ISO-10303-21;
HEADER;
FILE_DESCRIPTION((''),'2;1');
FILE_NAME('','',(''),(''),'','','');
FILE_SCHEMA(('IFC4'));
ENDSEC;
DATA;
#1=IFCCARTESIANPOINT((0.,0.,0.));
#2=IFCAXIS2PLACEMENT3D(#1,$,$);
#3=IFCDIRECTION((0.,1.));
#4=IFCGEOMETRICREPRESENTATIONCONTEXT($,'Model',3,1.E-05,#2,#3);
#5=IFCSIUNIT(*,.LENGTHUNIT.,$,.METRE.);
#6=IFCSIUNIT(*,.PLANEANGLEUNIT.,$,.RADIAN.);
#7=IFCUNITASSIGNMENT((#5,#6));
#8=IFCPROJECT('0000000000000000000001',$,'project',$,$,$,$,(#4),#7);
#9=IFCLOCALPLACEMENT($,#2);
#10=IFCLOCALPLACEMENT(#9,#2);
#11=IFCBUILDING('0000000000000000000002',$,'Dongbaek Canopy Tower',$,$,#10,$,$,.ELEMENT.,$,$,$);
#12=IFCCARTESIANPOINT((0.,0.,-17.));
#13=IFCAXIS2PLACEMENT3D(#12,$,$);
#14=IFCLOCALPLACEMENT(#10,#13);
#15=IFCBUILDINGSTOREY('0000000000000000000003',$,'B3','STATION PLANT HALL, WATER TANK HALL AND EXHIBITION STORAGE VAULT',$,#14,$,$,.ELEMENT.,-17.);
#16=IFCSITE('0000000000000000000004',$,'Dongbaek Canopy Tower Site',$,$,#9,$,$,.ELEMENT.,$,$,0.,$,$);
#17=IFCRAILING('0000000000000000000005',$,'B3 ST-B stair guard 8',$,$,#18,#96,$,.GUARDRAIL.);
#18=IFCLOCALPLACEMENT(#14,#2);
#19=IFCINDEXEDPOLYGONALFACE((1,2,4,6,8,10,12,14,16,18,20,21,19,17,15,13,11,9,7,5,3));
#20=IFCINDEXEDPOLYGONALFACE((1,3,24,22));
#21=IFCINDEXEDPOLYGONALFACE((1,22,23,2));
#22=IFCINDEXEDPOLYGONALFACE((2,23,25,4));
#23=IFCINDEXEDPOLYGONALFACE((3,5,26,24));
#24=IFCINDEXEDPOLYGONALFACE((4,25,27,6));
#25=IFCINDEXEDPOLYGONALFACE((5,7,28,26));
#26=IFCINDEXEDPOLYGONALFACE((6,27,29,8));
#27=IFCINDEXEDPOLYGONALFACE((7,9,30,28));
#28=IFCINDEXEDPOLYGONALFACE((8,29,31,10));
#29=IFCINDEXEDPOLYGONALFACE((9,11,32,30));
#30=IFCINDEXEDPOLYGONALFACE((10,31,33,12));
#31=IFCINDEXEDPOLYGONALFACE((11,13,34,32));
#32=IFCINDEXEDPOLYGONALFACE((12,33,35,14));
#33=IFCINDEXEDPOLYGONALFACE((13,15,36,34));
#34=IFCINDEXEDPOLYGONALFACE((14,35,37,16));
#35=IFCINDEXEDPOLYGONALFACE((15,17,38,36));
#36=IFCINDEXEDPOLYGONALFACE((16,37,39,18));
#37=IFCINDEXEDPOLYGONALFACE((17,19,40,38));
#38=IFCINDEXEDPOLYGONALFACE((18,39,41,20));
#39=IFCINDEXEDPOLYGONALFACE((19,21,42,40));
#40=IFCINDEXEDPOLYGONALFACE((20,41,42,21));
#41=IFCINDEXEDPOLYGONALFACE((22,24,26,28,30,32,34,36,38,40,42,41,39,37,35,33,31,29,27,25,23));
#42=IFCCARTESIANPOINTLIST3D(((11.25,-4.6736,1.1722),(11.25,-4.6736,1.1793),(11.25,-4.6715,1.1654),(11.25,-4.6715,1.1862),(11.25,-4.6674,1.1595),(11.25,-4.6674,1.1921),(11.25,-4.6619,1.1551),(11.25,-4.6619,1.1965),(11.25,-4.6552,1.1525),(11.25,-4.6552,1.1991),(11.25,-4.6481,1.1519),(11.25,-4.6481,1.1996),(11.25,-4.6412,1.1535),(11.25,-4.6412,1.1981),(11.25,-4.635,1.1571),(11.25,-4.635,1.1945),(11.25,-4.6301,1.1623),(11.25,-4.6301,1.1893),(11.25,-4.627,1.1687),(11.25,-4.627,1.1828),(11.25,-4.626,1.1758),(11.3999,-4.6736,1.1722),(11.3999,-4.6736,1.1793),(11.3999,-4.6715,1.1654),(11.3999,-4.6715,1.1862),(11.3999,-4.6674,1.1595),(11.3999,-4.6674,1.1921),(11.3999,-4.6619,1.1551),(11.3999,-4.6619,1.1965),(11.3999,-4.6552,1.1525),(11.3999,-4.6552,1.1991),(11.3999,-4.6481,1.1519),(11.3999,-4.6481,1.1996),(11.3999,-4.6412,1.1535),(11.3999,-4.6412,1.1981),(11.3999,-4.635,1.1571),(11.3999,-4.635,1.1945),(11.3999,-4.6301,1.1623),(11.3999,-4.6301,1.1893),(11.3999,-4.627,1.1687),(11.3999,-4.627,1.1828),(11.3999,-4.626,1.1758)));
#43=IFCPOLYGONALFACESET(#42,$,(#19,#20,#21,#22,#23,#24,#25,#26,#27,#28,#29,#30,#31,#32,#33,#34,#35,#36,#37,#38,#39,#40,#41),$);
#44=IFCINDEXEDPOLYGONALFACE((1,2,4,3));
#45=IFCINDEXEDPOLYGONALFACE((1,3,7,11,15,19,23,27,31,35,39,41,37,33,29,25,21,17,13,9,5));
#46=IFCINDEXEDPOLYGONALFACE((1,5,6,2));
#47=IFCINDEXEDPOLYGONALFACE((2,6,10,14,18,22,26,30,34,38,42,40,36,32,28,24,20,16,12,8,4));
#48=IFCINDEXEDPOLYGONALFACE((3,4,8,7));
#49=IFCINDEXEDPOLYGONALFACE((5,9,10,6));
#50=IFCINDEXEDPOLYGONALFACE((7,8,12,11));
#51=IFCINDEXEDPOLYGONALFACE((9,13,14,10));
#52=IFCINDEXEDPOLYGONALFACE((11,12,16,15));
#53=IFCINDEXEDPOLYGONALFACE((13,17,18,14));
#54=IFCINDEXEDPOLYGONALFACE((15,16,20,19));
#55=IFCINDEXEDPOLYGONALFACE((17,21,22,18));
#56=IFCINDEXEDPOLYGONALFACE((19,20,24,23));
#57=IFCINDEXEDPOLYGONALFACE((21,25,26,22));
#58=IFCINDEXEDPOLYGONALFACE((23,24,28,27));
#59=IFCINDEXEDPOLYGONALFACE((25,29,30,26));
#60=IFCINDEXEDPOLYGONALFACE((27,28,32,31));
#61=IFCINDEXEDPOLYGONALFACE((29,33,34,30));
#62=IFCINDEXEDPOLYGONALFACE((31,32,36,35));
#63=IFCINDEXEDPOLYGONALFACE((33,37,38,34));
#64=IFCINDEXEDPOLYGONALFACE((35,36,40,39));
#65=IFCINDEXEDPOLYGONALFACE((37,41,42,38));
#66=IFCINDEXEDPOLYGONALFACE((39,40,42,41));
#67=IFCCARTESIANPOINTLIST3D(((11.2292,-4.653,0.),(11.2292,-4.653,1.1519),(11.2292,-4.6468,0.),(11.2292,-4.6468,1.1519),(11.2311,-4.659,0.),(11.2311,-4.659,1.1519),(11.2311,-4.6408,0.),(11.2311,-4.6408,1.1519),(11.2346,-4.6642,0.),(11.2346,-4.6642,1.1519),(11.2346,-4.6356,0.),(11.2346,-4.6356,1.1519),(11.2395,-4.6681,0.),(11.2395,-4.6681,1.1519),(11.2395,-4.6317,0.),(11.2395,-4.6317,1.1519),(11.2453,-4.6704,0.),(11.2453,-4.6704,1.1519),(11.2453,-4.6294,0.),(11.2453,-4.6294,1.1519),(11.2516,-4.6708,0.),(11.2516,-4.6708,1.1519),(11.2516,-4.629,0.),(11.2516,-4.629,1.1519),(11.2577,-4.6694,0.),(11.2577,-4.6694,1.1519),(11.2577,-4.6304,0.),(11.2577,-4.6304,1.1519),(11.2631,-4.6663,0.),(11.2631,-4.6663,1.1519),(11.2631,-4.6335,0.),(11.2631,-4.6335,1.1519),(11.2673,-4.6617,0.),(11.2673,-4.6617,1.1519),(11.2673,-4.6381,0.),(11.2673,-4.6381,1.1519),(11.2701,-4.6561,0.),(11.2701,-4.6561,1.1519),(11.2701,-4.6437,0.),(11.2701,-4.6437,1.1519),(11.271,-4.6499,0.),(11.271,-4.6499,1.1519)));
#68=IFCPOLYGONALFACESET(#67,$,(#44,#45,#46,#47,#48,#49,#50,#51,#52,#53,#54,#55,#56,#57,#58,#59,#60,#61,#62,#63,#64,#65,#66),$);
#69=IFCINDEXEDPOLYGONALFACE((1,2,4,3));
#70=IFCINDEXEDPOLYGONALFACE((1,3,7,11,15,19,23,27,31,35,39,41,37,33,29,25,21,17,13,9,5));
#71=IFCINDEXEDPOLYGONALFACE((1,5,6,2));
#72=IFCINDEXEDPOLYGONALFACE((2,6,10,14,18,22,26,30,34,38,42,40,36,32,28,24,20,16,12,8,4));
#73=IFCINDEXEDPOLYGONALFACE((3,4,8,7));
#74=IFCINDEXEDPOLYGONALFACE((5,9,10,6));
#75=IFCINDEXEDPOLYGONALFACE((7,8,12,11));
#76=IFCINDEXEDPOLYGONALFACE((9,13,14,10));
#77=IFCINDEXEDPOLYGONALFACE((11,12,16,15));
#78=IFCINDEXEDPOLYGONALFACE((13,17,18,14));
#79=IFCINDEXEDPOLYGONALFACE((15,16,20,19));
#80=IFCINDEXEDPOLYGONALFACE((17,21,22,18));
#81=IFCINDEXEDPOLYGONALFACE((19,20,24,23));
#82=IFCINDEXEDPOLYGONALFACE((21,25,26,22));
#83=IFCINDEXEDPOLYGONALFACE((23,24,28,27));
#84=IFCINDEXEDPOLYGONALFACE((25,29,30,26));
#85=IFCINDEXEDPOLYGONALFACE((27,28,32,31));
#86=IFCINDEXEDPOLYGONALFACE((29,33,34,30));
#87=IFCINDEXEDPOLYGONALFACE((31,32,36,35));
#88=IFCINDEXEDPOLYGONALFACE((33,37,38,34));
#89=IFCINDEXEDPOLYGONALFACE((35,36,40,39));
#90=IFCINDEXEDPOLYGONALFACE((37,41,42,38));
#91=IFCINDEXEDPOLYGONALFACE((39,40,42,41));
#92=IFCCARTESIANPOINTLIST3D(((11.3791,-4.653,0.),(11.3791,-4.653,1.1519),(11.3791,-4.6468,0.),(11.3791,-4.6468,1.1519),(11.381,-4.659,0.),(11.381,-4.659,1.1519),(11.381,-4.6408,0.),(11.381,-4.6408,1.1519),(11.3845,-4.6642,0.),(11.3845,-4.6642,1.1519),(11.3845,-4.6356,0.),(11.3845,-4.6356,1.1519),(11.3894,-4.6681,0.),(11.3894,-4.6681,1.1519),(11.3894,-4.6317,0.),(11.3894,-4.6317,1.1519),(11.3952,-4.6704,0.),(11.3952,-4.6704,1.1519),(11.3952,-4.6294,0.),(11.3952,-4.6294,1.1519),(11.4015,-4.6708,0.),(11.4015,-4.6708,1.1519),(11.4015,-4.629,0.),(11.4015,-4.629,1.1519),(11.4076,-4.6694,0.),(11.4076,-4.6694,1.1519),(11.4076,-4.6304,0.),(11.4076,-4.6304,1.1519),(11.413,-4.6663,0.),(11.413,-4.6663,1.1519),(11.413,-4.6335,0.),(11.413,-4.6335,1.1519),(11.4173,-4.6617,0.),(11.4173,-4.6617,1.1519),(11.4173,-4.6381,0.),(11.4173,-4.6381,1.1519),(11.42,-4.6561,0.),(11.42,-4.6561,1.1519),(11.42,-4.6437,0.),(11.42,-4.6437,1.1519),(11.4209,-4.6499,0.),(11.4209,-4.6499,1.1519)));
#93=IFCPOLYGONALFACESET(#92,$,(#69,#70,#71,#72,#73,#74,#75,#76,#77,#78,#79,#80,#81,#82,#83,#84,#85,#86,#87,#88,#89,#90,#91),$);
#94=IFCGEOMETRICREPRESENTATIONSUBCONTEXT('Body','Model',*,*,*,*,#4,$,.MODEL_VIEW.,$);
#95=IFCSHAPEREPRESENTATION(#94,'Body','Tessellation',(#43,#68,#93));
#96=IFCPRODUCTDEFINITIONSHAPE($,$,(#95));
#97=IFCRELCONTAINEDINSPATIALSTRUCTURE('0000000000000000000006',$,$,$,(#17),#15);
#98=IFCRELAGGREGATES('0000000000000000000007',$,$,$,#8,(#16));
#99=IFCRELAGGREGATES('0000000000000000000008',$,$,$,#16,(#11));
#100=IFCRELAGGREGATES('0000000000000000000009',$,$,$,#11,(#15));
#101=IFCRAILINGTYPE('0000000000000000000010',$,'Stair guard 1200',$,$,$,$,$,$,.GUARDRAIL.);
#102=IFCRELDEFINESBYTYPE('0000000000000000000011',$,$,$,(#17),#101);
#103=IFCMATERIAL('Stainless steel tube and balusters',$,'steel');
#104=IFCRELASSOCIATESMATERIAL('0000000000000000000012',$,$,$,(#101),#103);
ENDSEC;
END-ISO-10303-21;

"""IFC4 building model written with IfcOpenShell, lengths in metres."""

from ifc_helpers import new_model, si_unit, direction, frame, origin, origin_2d, place, context, subcontext, project, spatial, circle, extrude, material, type_object, element, save


model = new_model("IFC4")

# Units and contexts
model_context = context("Model", 3, precision=1e-05, world=origin(), true_north=direction((0.0, 1.0)))
body_context = subcontext(model_context, "Body", "Model", "MODEL_VIEW")
ifc_project = project(units=[si_unit("LENGTHUNIT", "METRE"), si_unit("PLANEANGLEUNIT", "RADIAN")], contexts=[model_context])

# Site, building, storey
site_placement = place(None, origin())
site = spatial("IfcSite", under=ifc_project, at=site_placement, Name="Dongbaek Canopy Tower Site", CompositionType="ELEMENT", RefElevation=0.0)
building_placement = place(site_placement, origin())
building = spatial("IfcBuilding", under=site, at=building_placement, Name="Dongbaek Canopy Tower", CompositionType="ELEMENT")
storey_placement = place(building_placement, frame((0.0, 0.0, -17.0)))
storey = spatial("IfcBuildingStorey", under=building, at=storey_placement, Name="B3", Description="STATION PLANT HALL, WATER TANK HALL AND EXHIBITION STORAGE VAULT", CompositionType="ELEMENT", Elevation=-17.0)

# Railing
ifc_material_1 = material(Name="Stainless steel tube and balusters", Category="steel")
railing_type_1 = type_object("IfcRailingType", Name="Stair guard 1200", PredefinedType="GUARDRAIL", material=ifc_material_1)
railing_1_placement = place(storey_placement, frame((11.25, -4.6499, 0.0)))
element("IfcRailing", 1, at=railing_1_placement, inside=storey, type_object=railing_type_1, Name="B3 ST-B stair guard 8", PredefinedType="GUARDRAIL", context=body_context, shape_type="SweptSolid", body=[
    extrude(circle(Radius=0.0239, at=origin_2d()), frame((0.0, 0.0, 1.1758), z_axis=(1.0, 0.0, 0.0), x_axis=(0.0, 1.0, 0.0)), (0.0, 0.0, 1.0), 0.1499),
    extrude(circle(Radius=0.021, at=origin_2d()), origin(), (0.0, 0.0, 1.0), 1.1519),
    extrude(circle(Radius=0.021, at=origin_2d()), frame((0.1499, 0.0, 0.0)), (0.0, 0.0, 1.0), 1.1519),
])

save(model, "model.ifc")
